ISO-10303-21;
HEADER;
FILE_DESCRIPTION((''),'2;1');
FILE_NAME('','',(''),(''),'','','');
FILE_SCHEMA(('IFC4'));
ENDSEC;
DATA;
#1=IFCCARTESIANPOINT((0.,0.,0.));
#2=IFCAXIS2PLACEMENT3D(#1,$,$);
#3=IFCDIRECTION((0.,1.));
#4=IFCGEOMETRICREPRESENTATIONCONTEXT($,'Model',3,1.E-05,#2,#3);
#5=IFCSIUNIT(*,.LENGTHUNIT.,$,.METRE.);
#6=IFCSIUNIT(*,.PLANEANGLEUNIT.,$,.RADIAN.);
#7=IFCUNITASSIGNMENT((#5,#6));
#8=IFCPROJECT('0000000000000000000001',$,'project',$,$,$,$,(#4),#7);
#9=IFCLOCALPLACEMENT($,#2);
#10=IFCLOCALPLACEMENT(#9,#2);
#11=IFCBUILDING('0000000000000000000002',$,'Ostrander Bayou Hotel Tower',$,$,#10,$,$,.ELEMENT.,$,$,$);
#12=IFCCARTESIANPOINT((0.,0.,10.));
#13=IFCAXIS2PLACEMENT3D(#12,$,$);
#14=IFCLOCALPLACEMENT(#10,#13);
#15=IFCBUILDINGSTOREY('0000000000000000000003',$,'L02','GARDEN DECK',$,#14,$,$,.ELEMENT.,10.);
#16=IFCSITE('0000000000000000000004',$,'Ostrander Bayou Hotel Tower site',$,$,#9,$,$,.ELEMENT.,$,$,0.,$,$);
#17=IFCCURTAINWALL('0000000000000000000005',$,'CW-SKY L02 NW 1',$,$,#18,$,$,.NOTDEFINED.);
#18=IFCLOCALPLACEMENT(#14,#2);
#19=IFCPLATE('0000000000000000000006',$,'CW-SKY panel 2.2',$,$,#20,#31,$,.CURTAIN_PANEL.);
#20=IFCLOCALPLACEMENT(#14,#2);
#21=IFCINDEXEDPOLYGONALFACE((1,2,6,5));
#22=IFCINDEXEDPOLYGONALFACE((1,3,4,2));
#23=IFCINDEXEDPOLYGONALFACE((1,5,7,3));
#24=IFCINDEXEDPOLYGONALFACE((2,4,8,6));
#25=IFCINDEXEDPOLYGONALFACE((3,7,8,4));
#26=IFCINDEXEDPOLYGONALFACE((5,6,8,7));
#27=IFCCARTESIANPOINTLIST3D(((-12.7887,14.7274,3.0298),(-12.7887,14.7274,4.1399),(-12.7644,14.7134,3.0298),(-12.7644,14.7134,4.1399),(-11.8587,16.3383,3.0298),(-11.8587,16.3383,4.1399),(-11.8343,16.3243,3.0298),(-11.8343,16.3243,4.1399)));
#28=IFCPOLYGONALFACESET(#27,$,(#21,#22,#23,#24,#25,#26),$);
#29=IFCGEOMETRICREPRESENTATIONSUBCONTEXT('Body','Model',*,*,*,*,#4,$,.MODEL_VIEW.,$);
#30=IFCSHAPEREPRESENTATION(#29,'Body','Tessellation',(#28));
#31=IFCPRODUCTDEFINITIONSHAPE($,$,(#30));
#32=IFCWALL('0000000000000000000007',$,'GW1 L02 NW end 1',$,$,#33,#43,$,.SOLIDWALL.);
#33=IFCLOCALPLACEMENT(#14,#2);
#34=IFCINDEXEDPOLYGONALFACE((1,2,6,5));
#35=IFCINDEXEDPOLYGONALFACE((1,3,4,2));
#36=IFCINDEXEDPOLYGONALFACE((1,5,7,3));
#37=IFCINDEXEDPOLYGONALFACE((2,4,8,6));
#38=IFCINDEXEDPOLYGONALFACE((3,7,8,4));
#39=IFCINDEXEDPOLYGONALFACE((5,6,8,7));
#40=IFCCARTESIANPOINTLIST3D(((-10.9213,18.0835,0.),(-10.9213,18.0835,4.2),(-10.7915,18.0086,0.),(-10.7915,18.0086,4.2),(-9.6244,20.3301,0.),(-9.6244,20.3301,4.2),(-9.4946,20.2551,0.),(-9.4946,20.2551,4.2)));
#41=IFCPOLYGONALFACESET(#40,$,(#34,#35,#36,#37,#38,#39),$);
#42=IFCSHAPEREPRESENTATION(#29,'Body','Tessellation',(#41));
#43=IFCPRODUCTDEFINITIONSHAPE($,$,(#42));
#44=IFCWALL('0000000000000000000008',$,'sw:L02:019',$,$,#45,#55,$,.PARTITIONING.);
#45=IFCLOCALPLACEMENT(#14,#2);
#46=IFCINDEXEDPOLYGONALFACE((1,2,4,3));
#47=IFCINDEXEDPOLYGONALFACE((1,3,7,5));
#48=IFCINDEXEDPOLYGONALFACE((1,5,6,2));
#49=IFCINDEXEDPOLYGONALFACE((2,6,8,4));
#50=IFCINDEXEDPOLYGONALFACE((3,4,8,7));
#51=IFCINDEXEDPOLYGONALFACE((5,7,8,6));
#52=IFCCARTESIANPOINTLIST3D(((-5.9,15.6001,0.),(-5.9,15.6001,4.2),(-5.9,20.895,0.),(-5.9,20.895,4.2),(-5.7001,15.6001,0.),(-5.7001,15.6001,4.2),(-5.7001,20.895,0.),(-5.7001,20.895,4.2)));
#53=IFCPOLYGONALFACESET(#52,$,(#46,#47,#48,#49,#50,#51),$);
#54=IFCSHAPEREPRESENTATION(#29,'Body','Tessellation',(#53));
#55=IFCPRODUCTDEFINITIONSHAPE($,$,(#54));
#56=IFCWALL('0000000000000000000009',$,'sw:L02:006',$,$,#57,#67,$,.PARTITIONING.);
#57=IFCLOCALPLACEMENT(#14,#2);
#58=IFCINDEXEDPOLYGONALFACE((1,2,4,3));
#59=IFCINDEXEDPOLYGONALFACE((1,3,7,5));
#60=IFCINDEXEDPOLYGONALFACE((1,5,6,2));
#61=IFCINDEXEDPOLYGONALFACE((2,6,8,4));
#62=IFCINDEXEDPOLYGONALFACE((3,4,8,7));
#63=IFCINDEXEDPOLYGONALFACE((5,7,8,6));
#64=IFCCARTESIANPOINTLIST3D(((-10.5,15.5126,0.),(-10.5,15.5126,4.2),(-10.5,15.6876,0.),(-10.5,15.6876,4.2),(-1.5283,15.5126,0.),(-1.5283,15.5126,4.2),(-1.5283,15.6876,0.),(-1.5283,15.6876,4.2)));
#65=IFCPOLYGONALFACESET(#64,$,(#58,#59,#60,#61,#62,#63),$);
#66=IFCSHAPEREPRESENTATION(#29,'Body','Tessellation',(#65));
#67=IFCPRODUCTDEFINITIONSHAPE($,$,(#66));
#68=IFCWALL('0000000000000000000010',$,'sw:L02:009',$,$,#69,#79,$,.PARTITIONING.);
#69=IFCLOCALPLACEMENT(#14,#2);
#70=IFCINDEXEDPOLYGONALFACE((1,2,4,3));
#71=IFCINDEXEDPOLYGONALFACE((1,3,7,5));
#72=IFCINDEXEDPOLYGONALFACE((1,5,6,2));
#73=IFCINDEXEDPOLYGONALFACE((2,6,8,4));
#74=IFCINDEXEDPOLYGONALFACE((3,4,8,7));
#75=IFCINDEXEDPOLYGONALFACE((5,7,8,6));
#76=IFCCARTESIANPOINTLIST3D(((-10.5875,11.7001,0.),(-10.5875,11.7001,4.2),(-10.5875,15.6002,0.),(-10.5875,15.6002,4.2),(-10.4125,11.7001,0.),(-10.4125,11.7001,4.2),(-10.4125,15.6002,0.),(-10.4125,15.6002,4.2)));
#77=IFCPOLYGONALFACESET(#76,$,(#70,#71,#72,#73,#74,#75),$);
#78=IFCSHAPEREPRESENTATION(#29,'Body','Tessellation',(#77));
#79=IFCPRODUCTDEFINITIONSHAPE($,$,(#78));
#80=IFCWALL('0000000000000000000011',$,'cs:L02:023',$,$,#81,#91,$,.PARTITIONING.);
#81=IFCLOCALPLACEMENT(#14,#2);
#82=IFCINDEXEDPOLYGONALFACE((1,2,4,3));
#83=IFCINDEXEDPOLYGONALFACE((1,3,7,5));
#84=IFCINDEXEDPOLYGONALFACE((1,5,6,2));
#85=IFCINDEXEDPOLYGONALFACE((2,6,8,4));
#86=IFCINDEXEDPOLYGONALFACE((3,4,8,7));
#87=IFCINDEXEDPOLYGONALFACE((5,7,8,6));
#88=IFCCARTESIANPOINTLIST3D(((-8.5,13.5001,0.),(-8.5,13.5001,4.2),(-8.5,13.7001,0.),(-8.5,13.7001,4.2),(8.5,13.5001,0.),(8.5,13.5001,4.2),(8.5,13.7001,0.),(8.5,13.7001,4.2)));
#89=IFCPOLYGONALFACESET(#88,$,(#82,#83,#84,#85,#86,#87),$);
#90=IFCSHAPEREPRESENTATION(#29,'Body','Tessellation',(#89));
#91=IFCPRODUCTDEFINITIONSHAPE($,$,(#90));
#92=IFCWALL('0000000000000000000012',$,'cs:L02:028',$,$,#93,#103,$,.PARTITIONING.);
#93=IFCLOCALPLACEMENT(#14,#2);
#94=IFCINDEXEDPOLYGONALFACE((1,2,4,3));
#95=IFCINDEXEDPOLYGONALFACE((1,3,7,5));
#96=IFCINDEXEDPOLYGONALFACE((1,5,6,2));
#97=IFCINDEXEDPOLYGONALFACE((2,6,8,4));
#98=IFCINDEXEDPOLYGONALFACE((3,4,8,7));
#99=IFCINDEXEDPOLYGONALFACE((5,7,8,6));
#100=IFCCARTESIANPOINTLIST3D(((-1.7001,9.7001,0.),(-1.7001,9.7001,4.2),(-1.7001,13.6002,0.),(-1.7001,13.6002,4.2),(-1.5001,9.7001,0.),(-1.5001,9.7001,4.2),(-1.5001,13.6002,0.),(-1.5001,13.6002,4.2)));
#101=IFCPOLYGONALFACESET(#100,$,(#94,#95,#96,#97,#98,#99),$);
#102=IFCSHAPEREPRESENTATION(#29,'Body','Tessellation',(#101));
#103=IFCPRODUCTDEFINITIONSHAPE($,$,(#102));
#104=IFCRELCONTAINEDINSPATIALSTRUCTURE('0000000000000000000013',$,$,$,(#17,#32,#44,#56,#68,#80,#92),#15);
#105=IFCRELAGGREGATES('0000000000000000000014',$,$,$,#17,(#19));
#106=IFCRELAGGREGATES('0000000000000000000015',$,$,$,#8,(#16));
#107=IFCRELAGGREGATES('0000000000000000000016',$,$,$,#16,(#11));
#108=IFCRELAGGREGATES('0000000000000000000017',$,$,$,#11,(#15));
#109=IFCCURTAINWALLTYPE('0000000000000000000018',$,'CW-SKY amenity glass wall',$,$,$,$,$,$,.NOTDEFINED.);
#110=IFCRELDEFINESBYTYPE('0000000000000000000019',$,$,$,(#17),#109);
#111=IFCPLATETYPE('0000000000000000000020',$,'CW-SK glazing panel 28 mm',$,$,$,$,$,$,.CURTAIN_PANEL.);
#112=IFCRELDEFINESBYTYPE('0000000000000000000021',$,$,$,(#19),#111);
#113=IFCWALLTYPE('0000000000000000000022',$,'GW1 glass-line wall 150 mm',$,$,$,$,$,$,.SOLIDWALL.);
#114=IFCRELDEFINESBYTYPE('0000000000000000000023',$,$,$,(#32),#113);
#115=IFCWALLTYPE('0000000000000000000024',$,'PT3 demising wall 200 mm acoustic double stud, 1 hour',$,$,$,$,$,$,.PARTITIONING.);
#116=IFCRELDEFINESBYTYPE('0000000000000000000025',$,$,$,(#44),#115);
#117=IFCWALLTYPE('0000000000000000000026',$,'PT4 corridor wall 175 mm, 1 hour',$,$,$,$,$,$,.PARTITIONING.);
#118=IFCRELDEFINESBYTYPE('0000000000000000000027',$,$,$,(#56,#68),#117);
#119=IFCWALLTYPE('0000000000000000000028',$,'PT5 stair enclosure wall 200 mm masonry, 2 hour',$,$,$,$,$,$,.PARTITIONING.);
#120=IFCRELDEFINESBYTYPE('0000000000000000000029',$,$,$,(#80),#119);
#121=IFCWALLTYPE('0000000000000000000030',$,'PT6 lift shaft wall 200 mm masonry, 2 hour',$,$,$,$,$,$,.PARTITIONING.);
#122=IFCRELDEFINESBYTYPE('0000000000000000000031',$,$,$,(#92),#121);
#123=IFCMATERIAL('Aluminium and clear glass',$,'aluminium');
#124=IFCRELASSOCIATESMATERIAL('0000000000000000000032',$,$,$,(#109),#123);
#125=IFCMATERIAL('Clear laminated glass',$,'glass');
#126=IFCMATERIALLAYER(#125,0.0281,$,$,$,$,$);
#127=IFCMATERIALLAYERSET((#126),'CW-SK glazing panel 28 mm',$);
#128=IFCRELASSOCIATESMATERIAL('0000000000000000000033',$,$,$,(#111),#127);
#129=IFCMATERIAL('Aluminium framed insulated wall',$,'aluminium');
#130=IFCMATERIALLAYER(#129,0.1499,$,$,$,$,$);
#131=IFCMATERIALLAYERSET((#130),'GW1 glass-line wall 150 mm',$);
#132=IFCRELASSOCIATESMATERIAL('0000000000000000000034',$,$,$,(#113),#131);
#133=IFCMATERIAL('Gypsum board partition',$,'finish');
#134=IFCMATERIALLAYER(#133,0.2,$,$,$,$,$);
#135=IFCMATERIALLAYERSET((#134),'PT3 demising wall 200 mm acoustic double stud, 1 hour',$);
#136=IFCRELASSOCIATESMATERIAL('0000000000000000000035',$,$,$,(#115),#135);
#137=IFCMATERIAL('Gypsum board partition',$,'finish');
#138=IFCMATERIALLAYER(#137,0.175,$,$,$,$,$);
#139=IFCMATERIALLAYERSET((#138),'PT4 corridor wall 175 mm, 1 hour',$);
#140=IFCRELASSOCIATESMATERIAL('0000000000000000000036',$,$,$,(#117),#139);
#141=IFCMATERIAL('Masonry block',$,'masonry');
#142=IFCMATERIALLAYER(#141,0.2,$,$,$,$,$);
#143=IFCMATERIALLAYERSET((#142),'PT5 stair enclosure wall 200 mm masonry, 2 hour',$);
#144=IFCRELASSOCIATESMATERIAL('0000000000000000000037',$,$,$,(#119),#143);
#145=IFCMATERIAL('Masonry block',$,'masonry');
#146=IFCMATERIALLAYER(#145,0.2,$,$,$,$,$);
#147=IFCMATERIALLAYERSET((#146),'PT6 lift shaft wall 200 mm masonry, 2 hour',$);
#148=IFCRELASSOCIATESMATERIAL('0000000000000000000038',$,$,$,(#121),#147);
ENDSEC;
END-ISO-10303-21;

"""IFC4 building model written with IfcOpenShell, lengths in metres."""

from ifc_helpers import new_model, si_unit, direction, frame, frame_2d, origin, origin_2d, place, context, subcontext, project, spatial, rectangle, extrude, material, layer, layer_set, type_object, element, aggregate, save


model = new_model("IFC4")

# Units and contexts
model_context = context("Model", 3, precision=1e-05, world=origin(), true_north=direction((0.0, 1.0)))
body_context = subcontext(model_context, "Body", "Model", "MODEL_VIEW")
ifc_project = project(units=[si_unit("LENGTHUNIT", "METRE"), si_unit("PLANEANGLEUNIT", "RADIAN")], contexts=[model_context])

# Site, building, storey
site_placement = place(None, origin())
site = spatial("IfcSite", under=ifc_project, at=site_placement, Name="Ostrander Bayou Hotel Tower site", CompositionType="ELEMENT", RefElevation=0.0)
building_placement = place(site_placement, origin())
building = spatial("IfcBuilding", under=site, at=building_placement, Name="Ostrander Bayou Hotel Tower", CompositionType="ELEMENT")
storey_placement = place(building_placement, frame((0.0, 0.0, 10.0)))
storey = spatial("IfcBuildingStorey", under=building, at=storey_placement, Name="L02", Description="GARDEN DECK", CompositionType="ELEMENT", Elevation=10.0)

# Curtain wall, plate
ifc_material_1 = material(Name="Aluminium and clear glass", Category="aluminium")
curtain_wall_type = type_object("IfcCurtainWallType", Name="CW-SKY amenity glass wall", PredefinedType="NOTDEFINED", material=ifc_material_1)
curtain_wall_placement = place(storey_placement, origin())
curtain_wall = element("IfcCurtainWall", 1, at=curtain_wall_placement, inside=storey, type_object=curtain_wall_type, Name="CW-SKY L02 NW 1", PredefinedType="NOTDEFINED")
ifc_material_2 = material(Name="Clear laminated glass", Category="glass")
ifc_layer_1 = layer(ifc_material_2, 0.0281)
ifc_layer_set_1 = layer_set([ifc_layer_1], Name="CW-SK glazing panel 28 mm")
plate_type = type_object("IfcPlateType", Name="CW-SK glazing panel 28 mm", PredefinedType="CURTAIN_PANEL", material=ifc_layer_set_1)
plate_1_placement = place(storey_placement, frame((-12.3115, 15.5259, 3.0298), z_axis=(0.0, 0.0, 1.0), x_axis=(-0.5, -0.866025, 0.0)))
plate_1 = element("IfcPlate", 2, at=plate_1_placement, type_object=plate_type, Name="CW-SKY panel 2.2", PredefinedType="CURTAIN_PANEL", context=body_context, shape_type="SweptSolid", body=[
    extrude(rectangle(XDim=1.8601, YDim=0.0281, at=origin_2d()), origin(), (0.0, 0.0, 1.0), 1.1101),
])
aggregate(curtain_wall, [plate_1])

# Walls
ifc_material_3 = material(Name="Aluminium framed insulated wall", Category="aluminium")
ifc_layer_2 = layer(ifc_material_3, 0.1499)
ifc_layer_set_2 = layer_set([ifc_layer_2], Name="GW1 glass-line wall 150 mm")
wall_type_1 = type_object("IfcWallType", Name="GW1 glass-line wall 150 mm", PredefinedType="SOLIDWALL", material=ifc_layer_set_2)
wall_1_placement = place(storey_placement, frame((-9.5596, 20.2925, 0.0), z_axis=(0.0, 0.0, 1.0), x_axis=(-0.499945, -0.866057, 0.0)))
element("IfcWall", 3, at=wall_1_placement, inside=storey, type_object=wall_type_1, Name="GW1 L02 NW end 1", PredefinedType="SOLIDWALL", context=body_context, shape_type="SweptSolid", body=[
    extrude(rectangle(XDim=2.594, YDim=0.1499, at=frame_2d((1.2969, 0.0))), origin(), (0.0, 0.0, 1.0), 4.2),
])
ifc_material_4 = material(Name="Gypsum board partition", Category="finish")
ifc_layer_3 = layer(ifc_material_4, 0.2)
ifc_layer_set_3 = layer_set([ifc_layer_3], Name="PT3 demising wall 200 mm acoustic double stud, 1 hour")
wall_type_2 = type_object("IfcWallType", Name="PT3 demising wall 200 mm acoustic double stud, 1 hour", PredefinedType="PARTITIONING", material=ifc_layer_set_3)
wall_2_placement = place(storey_placement, frame((-5.8, 15.6001, 0.0), z_axis=(0.0, 0.0, 1.0), x_axis=(0.0, 1.0, 0.0)))
element("IfcWall", 4, at=wall_2_placement, inside=storey, type_object=wall_type_2, Name="sw:L02:019", PredefinedType="PARTITIONING", context=body_context, shape_type="SweptSolid", body=[
    extrude(rectangle(XDim=5.2949, YDim=0.2, at=frame_2d((2.6475, 0.0))), origin(), (0.0, 0.0, 1.0), 4.2),
])
ifc_material_5 = material(Name="Gypsum board partition", Category="finish")
ifc_layer_4 = layer(ifc_material_5, 0.175)
ifc_layer_set_4 = layer_set([ifc_layer_4], Name="PT4 corridor wall 175 mm, 1 hour")
wall_type_3 = type_object("IfcWallType", Name="PT4 corridor wall 175 mm, 1 hour", PredefinedType="PARTITIONING", material=ifc_layer_set_4)
wall_3_placement = place(storey_placement, frame((-10.5, 15.6001, 0.0), z_axis=(0.0, 0.0, 1.0), x_axis=(1.0, 0.0, 0.0)))
element("IfcWall", 5, at=wall_3_placement, inside=storey, type_object=wall_type_3, Name="sw:L02:006", PredefinedType="PARTITIONING", context=body_context, shape_type="SweptSolid", body=[
    extrude(rectangle(XDim=8.9717, YDim=0.175, at=frame_2d((4.4858, 0.0))), origin(), (0.0, 0.0, 1.0), 4.2),
])
wall_4_placement = place(storey_placement, frame((-10.5, 11.7, 0.0), z_axis=(0.0, 0.0, 1.0), x_axis=(0.0, 1.0, 0.0)))
element("IfcWall", 6, at=wall_4_placement, inside=storey, type_object=wall_type_3, Name="sw:L02:009", PredefinedType="PARTITIONING", context=body_context, shape_type="SweptSolid", body=[
    extrude(rectangle(XDim=3.9001, YDim=0.175, at=frame_2d((1.9502, 0.0))), origin(), (0.0, 0.0, 1.0), 4.2),
])

# Wall
ifc_material_6 = material(Name="Masonry block", Category="masonry")
ifc_layer_5 = layer(ifc_material_6, 0.2)
ifc_layer_set_5 = layer_set([ifc_layer_5], Name="PT5 stair enclosure wall 200 mm masonry, 2 hour")
wall_type_4 = type_object("IfcWallType", Name="PT5 stair enclosure wall 200 mm masonry, 2 hour", PredefinedType="PARTITIONING", material=ifc_layer_set_5)
wall_5_placement = place(storey_placement, frame((-8.5, 13.6001, 0.0), z_axis=(0.0, 0.0, 1.0), x_axis=(1.0, 0.0, 0.0)))
element("IfcWall", 7, at=wall_5_placement, inside=storey, type_object=wall_type_4, Name="cs:L02:023", PredefinedType="PARTITIONING", context=body_context, shape_type="SweptSolid", body=[
    extrude(rectangle(XDim=17.0, YDim=0.2, at=frame_2d((8.5, 0.0))), origin(), (0.0, 0.0, 1.0), 4.2),
])

# Wall
ifc_material_7 = material(Name="Masonry block", Category="masonry")
ifc_layer_6 = layer(ifc_material_7, 0.2)
ifc_layer_set_6 = layer_set([ifc_layer_6], Name="PT6 lift shaft wall 200 mm masonry, 2 hour")
wall_type_5 = type_object("IfcWallType", Name="PT6 lift shaft wall 200 mm masonry, 2 hour", PredefinedType="PARTITIONING", material=ifc_layer_set_6)
wall_6_placement = place(storey_placement, frame((-1.6001, 9.7, 0.0), z_axis=(0.0, 0.0, 1.0), x_axis=(0.0, 1.0, 0.0)))
element("IfcWall", 8, at=wall_6_placement, inside=storey, type_object=wall_type_5, Name="cs:L02:028", PredefinedType="PARTITIONING", context=body_context, shape_type="SweptSolid", body=[
    extrude(rectangle(XDim=3.9001, YDim=0.2, at=frame_2d((1.9502, 0.0))), origin(), (0.0, 0.0, 1.0), 4.2),
])

save(model, "model.ifc")
